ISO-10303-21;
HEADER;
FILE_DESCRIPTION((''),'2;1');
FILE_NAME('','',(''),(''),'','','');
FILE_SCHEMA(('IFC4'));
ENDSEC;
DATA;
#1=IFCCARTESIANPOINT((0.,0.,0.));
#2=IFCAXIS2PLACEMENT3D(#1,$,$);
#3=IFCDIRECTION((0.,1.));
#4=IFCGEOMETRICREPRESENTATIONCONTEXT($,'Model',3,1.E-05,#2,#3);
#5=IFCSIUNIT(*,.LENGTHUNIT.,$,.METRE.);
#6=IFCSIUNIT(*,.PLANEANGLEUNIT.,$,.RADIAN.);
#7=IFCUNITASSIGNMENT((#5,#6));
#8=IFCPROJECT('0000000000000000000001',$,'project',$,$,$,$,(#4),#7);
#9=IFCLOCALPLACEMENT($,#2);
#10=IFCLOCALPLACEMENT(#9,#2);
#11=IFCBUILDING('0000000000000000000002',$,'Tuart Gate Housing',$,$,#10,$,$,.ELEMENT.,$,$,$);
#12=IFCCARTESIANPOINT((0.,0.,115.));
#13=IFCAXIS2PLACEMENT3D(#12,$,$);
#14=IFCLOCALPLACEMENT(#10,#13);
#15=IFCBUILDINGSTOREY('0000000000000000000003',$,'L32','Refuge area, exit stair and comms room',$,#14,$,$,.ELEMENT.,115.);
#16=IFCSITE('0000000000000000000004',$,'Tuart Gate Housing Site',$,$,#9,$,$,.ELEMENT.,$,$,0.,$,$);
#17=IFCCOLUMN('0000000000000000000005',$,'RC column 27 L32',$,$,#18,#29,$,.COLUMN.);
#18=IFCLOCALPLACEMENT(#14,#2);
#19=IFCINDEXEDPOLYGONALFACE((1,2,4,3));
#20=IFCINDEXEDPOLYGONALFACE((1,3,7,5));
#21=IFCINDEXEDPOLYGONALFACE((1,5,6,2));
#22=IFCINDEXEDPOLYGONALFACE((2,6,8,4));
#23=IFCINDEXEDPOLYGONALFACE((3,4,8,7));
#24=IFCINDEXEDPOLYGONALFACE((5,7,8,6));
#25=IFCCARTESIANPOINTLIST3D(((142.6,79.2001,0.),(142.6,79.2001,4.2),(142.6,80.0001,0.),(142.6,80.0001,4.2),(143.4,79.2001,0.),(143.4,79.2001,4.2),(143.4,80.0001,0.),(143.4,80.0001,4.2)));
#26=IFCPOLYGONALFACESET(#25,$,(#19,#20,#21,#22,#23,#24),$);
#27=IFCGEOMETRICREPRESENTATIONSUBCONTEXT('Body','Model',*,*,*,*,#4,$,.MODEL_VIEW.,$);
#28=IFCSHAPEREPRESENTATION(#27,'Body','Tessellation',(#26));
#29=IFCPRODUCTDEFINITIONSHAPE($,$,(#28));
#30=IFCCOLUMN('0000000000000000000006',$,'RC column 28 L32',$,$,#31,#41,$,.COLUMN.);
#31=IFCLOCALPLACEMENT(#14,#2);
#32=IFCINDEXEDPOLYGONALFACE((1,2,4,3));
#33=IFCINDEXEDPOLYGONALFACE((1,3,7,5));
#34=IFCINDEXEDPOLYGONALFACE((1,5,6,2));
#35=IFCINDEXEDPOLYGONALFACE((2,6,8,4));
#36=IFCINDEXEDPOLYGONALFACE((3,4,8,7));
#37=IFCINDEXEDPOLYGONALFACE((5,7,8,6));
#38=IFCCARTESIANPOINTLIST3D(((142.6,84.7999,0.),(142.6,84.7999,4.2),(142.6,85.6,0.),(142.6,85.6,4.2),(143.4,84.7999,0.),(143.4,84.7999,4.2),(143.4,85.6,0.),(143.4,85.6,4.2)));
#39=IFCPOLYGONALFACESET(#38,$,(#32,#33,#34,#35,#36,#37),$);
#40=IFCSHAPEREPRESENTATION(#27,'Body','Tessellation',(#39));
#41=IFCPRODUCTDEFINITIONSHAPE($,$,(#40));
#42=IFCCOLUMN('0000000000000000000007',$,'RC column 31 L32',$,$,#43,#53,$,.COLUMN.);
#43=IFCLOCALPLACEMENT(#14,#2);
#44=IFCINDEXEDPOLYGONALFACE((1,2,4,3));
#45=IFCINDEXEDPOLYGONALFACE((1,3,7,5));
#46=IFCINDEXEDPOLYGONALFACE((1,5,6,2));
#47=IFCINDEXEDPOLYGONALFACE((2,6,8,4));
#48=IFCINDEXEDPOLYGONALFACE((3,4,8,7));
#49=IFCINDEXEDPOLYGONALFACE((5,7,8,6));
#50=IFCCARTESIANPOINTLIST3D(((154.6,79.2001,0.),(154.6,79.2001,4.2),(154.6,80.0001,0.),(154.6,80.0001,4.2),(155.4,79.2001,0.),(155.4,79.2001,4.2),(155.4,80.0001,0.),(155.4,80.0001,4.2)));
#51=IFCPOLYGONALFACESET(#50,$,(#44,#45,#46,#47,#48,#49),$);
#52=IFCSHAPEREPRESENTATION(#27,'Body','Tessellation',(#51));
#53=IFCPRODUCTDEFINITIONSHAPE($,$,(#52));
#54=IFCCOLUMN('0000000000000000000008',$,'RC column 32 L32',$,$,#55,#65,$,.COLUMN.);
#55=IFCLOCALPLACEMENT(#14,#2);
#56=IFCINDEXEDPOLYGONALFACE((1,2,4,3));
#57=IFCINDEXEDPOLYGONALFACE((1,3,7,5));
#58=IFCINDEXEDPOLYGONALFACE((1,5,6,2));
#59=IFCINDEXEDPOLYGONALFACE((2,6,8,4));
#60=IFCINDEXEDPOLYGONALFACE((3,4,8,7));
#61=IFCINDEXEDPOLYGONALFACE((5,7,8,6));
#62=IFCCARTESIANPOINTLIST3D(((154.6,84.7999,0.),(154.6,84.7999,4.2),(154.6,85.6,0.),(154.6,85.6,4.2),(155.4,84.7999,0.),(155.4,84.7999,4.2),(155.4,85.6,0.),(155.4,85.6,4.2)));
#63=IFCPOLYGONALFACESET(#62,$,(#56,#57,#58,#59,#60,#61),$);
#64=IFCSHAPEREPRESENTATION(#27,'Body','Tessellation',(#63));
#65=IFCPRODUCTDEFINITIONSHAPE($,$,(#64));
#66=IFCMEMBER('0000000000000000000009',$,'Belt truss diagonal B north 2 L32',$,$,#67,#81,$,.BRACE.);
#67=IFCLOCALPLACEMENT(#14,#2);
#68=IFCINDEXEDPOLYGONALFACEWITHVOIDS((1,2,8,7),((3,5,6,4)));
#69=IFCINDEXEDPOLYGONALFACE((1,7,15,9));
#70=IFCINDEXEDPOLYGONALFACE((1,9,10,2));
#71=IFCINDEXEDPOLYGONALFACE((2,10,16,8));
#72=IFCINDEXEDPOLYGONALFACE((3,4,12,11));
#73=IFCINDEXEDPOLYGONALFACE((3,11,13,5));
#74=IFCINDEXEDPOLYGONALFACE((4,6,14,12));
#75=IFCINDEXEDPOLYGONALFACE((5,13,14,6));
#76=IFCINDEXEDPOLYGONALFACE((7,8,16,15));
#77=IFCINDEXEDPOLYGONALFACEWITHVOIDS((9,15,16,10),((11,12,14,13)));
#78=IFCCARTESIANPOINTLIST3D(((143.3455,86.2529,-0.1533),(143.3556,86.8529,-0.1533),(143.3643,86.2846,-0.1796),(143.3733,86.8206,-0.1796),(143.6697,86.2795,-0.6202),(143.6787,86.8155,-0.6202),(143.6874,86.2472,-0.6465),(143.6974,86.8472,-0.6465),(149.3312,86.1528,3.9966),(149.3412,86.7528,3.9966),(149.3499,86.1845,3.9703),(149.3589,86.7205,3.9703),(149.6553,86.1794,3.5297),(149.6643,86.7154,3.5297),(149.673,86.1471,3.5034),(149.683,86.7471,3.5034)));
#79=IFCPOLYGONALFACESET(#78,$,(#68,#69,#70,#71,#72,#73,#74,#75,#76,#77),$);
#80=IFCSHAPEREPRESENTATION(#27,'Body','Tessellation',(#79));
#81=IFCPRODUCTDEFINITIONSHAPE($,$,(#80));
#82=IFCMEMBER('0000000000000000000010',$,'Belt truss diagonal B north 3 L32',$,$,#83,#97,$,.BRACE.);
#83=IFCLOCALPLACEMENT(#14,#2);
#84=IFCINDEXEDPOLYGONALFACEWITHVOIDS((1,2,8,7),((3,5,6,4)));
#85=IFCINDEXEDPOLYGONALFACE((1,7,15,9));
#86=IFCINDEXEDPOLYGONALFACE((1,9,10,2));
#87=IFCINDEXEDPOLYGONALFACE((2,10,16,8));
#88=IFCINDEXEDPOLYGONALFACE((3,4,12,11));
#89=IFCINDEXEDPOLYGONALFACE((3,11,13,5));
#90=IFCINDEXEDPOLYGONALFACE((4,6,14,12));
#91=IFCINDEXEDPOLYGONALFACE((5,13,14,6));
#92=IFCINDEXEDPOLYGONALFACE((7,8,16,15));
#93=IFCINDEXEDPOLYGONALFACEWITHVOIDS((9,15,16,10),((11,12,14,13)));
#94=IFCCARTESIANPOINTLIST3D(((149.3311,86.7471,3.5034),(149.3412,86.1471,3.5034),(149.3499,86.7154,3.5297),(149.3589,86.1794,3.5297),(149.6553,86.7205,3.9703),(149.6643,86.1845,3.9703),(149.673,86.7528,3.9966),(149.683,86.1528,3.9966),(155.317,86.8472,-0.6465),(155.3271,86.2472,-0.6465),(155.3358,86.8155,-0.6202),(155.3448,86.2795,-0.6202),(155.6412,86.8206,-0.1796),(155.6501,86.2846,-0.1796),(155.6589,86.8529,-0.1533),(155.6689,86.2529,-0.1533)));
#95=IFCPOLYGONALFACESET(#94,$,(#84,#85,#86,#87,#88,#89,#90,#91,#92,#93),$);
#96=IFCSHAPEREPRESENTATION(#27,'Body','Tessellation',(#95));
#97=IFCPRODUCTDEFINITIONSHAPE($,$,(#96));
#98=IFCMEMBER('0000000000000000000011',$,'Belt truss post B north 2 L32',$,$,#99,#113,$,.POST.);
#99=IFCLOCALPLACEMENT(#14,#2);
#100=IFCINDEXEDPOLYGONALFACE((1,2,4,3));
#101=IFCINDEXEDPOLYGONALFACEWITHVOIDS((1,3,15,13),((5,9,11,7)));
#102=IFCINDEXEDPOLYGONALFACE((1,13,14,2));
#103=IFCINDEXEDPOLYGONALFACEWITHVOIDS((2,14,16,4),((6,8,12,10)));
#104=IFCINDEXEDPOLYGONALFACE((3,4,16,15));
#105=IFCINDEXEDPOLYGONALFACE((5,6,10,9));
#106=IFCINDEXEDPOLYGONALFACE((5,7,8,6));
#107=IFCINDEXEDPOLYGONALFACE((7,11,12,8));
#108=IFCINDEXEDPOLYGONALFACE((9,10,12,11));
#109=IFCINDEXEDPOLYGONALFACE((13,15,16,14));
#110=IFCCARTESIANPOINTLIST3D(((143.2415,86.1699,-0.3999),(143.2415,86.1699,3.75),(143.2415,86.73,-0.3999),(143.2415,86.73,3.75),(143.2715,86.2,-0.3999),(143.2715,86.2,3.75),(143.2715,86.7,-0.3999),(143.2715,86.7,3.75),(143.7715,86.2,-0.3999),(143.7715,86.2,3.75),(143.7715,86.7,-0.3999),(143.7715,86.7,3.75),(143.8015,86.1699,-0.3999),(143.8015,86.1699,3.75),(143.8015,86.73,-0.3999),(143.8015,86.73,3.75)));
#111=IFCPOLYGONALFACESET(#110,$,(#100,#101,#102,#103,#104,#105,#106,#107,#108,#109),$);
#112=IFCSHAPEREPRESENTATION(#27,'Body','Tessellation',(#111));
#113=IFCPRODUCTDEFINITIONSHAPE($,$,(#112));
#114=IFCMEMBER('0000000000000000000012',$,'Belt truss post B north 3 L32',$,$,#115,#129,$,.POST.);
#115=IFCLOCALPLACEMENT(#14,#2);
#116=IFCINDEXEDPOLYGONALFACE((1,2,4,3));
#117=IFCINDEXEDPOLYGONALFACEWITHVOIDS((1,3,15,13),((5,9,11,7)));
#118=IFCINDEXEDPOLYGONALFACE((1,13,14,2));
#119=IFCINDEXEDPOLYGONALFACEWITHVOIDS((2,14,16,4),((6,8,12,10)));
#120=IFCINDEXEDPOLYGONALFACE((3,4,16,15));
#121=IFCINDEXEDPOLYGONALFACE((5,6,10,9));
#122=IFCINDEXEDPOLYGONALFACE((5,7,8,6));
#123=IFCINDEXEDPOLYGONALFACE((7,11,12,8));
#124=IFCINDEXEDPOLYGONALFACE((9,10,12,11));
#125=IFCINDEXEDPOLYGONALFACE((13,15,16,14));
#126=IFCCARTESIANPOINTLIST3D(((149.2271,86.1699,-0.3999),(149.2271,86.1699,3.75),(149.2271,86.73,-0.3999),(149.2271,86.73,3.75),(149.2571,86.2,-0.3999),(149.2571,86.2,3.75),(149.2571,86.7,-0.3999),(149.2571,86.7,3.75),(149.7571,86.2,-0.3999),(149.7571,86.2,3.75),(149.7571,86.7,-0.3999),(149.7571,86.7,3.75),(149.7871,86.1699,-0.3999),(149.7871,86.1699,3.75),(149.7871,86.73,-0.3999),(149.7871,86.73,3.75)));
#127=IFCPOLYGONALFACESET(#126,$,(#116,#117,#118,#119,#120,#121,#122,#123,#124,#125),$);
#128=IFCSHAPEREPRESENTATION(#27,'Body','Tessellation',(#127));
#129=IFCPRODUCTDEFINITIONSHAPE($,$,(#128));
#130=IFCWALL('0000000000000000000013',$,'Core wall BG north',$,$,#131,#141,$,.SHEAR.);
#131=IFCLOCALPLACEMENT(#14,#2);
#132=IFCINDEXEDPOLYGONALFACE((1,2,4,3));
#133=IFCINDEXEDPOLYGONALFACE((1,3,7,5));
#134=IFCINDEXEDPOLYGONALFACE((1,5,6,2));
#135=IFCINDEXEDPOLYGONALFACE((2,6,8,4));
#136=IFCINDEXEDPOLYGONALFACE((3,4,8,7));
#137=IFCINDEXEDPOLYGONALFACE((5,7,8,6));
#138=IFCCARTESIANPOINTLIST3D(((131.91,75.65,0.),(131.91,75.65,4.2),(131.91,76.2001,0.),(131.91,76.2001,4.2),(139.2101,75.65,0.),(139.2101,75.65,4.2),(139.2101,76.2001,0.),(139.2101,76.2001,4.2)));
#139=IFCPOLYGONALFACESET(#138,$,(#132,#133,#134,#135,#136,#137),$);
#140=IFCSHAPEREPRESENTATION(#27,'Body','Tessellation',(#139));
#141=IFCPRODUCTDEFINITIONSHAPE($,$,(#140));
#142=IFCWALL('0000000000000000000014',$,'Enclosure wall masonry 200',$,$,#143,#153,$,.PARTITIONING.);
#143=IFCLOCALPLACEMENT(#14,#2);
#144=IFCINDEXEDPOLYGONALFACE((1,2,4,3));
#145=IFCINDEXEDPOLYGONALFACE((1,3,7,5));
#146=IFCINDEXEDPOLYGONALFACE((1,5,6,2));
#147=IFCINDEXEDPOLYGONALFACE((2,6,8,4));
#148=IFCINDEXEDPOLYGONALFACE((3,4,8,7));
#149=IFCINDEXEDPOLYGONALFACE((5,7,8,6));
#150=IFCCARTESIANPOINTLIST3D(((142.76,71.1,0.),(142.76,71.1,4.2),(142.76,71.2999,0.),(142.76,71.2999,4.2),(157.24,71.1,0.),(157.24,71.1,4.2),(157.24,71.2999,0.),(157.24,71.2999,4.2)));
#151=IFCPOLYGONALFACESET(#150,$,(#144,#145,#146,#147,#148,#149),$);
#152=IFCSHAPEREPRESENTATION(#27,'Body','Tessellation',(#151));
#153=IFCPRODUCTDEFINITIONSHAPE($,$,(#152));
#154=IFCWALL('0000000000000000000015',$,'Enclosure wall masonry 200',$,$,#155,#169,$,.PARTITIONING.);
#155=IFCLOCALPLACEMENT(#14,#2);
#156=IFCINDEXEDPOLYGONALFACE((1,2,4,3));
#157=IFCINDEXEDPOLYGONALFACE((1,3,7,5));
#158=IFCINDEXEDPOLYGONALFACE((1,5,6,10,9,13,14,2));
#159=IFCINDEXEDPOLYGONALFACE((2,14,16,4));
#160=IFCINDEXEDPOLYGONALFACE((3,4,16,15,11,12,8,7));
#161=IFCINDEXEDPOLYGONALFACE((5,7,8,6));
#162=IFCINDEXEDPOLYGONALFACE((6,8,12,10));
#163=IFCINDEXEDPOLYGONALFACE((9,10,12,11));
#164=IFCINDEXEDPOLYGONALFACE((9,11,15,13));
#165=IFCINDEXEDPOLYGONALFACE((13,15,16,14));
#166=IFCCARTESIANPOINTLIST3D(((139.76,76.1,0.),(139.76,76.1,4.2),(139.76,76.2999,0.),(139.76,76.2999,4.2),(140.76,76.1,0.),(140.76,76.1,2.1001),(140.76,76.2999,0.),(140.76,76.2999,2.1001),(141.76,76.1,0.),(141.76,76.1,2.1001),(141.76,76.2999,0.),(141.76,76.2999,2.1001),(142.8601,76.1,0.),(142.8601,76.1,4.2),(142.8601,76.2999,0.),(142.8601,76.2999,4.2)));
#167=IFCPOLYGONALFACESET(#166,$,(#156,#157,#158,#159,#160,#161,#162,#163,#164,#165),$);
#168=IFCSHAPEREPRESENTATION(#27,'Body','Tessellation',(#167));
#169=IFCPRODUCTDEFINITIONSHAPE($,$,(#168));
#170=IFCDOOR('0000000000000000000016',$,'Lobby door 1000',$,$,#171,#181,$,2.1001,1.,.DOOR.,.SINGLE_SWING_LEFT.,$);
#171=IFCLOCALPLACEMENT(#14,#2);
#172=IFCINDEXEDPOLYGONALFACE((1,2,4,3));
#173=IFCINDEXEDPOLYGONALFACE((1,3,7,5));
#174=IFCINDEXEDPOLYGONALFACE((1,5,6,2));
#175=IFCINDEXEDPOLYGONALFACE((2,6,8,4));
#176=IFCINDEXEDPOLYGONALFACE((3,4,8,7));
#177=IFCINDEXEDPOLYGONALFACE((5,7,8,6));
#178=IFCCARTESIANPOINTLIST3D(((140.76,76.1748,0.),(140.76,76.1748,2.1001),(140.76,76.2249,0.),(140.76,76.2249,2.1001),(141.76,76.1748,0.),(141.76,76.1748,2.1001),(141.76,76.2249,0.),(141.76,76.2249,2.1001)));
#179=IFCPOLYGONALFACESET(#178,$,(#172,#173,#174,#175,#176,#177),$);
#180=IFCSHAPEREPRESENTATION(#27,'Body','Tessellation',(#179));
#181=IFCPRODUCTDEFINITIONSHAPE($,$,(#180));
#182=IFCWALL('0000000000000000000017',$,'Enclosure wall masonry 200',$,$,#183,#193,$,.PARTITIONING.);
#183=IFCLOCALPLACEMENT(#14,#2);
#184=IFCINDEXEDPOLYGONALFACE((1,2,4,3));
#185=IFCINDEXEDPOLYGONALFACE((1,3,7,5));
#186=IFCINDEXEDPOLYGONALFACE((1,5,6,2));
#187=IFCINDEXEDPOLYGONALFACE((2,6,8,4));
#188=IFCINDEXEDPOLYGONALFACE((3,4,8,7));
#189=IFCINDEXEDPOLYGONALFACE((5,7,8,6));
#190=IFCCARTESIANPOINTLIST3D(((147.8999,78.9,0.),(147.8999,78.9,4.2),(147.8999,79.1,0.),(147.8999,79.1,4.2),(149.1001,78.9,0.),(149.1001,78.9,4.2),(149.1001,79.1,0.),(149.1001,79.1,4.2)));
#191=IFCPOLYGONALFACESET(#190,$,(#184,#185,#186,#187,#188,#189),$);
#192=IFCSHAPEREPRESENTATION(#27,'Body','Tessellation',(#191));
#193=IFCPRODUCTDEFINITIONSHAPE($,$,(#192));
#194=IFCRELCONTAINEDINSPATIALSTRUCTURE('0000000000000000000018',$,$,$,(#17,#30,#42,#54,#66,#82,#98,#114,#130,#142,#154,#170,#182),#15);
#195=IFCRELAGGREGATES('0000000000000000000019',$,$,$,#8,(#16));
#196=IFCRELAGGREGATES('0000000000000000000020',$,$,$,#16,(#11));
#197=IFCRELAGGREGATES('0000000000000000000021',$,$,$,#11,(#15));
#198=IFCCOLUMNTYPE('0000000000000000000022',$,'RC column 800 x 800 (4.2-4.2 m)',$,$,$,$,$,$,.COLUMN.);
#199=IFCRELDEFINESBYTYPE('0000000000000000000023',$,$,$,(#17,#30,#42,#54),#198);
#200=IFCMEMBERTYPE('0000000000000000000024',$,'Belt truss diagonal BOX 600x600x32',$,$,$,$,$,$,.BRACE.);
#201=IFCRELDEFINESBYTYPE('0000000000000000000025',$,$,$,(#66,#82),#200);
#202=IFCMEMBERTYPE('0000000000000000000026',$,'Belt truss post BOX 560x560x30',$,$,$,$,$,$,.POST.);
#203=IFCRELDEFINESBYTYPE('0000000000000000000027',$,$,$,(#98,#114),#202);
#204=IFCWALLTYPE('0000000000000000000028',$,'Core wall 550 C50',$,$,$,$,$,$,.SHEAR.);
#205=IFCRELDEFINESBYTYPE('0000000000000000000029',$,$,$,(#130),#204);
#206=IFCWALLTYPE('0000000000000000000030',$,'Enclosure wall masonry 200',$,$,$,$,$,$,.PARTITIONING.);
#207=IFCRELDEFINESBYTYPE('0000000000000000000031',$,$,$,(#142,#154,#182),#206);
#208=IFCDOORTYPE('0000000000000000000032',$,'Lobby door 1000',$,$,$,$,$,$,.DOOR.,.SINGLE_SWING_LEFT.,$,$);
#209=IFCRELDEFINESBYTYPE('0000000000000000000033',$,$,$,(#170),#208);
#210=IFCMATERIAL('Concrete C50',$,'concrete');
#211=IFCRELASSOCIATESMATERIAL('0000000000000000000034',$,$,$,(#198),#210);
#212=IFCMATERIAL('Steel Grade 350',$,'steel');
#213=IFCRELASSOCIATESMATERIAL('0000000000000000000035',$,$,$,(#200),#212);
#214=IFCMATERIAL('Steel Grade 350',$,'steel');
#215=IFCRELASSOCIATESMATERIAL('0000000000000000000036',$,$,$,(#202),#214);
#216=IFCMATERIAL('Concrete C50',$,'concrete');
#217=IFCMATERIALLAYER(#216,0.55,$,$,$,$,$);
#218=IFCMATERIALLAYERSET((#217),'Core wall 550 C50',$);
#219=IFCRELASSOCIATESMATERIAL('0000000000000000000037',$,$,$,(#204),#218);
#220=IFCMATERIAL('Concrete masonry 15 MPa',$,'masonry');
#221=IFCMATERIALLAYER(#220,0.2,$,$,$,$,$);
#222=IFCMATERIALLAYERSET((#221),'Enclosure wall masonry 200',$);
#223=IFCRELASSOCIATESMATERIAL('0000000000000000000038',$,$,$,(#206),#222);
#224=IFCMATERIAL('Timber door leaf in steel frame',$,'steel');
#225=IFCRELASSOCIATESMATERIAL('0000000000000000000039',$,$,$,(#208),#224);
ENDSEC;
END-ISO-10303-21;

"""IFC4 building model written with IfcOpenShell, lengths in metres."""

from ifc_helpers import new_model, si_unit, direction, frame, frame_2d, origin, origin_2d, place, context, subcontext, project, spatial, rectangle, hollow_rectangle, extrude, material, layer, layer_set, material_profile, profile_set, type_object, element, fill, save


model = new_model("IFC4")

# Units and contexts
model_context = context("Model", 3, precision=1e-05, world=origin(), true_north=direction((0.0, 1.0)))
body_context = subcontext(model_context, "Body", "Model", "MODEL_VIEW")
ifc_project = project(units=[si_unit("LENGTHUNIT", "METRE"), si_unit("PLANEANGLEUNIT", "RADIAN")], contexts=[model_context])

# Site, building, storey
site_placement = place(None, origin())
site = spatial("IfcSite", under=ifc_project, at=site_placement, Name="Tuart Gate Housing Site", CompositionType="ELEMENT", RefElevation=0.0)
building_placement = place(site_placement, origin())
building = spatial("IfcBuilding", under=site, at=building_placement, Name="Tuart Gate Housing", CompositionType="ELEMENT")
storey_placement = place(building_placement, frame((0.0, 0.0, 115.0)))
storey = spatial("IfcBuildingStorey", under=building, at=storey_placement, Name="L32", Description="Refuge area, exit stair and comms room", CompositionType="ELEMENT", Elevation=115.0)

# Columns
ifc_material_1 = material(Name="Concrete C50", Category="concrete")
ifc_material_profile_1 = material_profile(ifc_material_1, rectangle(XDim=0.8, YDim=0.8, at=origin_2d()), Name="RC column 800 x 800 (4.2-4.2 m)")
ifc_profile_set_1 = profile_set([ifc_material_profile_1], Name="Concrete C50")
column_type = type_object("IfcColumnType", Name="RC column 800 x 800 (4.2-4.2 m)", PredefinedType="COLUMN", material=ifc_profile_set_1)
for number, where, z_axis, x_axis, name in (
    (1, (143.0, 79.6001, 0.0), (0.0, 0.0, 1.0), (1.0, 0.0, 0.0), "RC column 27 L32"),
    (2, (143.0, 85.2, 0.0), (0.0, 0.0, 1.0), (1.0, 0.0, 0.0), "RC column 28 L32"),
    (3, (155.0, 79.6001, 0.0), (0.0, 0.0, 1.0), (1.0, 0.0, 0.0), "RC column 31 L32"),
    (4, (155.0, 85.2, 0.0), (0.0, 0.0, 1.0), (1.0, 0.0, 0.0), "RC column 32 L32"),
):
    element("IfcColumn", number, at=place(storey_placement, frame(where, z_axis=z_axis, x_axis=x_axis)), inside=storey, type_object=column_type, Name=name, PredefinedType="COLUMN", context=body_context, shape_type="SweptSolid", body=[
        extrude(rectangle(XDim=0.8, YDim=0.8, at=origin_2d()), origin(), (0.0, 0.0, 1.0), 4.2),
    ])

# Members
ifc_material_2 = material(Name="Steel Grade 350", Category="steel")
ifc_material_profile_2 = material_profile(ifc_material_2, hollow_rectangle(XDim=0.6001, YDim=0.6001, WallThickness=0.032, at=origin_2d()), Name="BOX 600x600x32")
ifc_profile_set_2 = profile_set([ifc_material_profile_2], Name="Steel Grade 350")
member_type_1 = type_object("IfcMemberType", Name="Belt truss diagonal BOX 600x600x32", PredefinedType="BRACE", material=ifc_profile_set_2)
member_1_placement = place(storey_placement, frame((143.5215, 86.55, -0.3999), z_axis=(0.821727, -0.013742, 0.569716), x_axis=(0.016721, 0.99986, 0.0)))
element("IfcMember", 5, at=member_1_placement, inside=storey, type_object=member_type_1, Name="Belt truss diagonal B north 2 L32", PredefinedType="BRACE", context=body_context, shape_type="SweptSolid", body=[
    extrude(hollow_rectangle(XDim=0.6001, YDim=0.6001, WallThickness=0.032, at=origin_2d()), origin(), (0.0, 0.0, 1.0), 7.2842),
])
member_2_placement = place(storey_placement, frame((149.5071, 86.45, 3.75), z_axis=(0.821738, 0.013741, -0.5697), x_axis=(-0.01672, 0.99986, 0.0)))
element("IfcMember", 6, at=member_2_placement, inside=storey, type_object=member_type_1, Name="Belt truss diagonal B north 3 L32", PredefinedType="BRACE", context=body_context, shape_type="SweptSolid", body=[
    extrude(hollow_rectangle(XDim=0.6001, YDim=0.6001, WallThickness=0.032, at=origin_2d()), origin(), (0.0, 0.0, 1.0), 7.2844),
])
ifc_material_3 = material(Name="Steel Grade 350", Category="steel")
ifc_material_profile_3 = material_profile(ifc_material_3, hollow_rectangle(XDim=0.5601, YDim=0.5601, WallThickness=0.03, at=origin_2d()), Name="BOX 560x560x30")
ifc_profile_set_3 = profile_set([ifc_material_profile_3], Name="Steel Grade 350")
member_type_2 = type_object("IfcMemberType", Name="Belt truss post BOX 560x560x30", PredefinedType="POST", material=ifc_profile_set_3)
for number, where, z_axis, x_axis, name in (
    (7, (143.5215, 86.45, -0.3999), (0.0, 0.0, 1.0), (1.0, 0.0, 0.0), "Belt truss post B north 2 L32"),
    (8, (149.5071, 86.45, -0.3999), (0.0, 0.0, 1.0), (1.0, 0.0, 0.0), "Belt truss post B north 3 L32"),
):
    element("IfcMember", number, at=place(storey_placement, frame(where, z_axis=z_axis, x_axis=x_axis)), inside=storey, type_object=member_type_2, Name=name, PredefinedType="POST", context=body_context, shape_type="SweptSolid", body=[
        extrude(hollow_rectangle(XDim=0.5601, YDim=0.5601, WallThickness=0.03, at=origin_2d()), origin(), (0.0, 0.0, 1.0), 4.1499),
    ])

# Walls
ifc_material_4 = material(Name="Concrete C50", Category="concrete")
ifc_layer_1 = layer(ifc_material_4, 0.55)
ifc_layer_set_1 = layer_set([ifc_layer_1], Name="Core wall 550 C50")
wall_type_1 = type_object("IfcWallType", Name="Core wall 550 C50", PredefinedType="SHEAR", material=ifc_layer_set_1)
wall_1_placement = place(storey_placement, frame((139.21, 75.925, 0.0), z_axis=(0.0, 0.0, 1.0), x_axis=(-1.0, 0.0, 0.0)))
element("IfcWall", 9, at=wall_1_placement, inside=storey, type_object=wall_type_1, Name="Core wall BG north", PredefinedType="SHEAR", context=body_context, shape_type="SweptSolid", body=[
    extrude(rectangle(XDim=7.3, YDim=0.55, at=frame_2d((3.6499, 0.0))), origin(), (0.0, 0.0, 1.0), 4.2),
])
ifc_material_5 = material(Name="Concrete masonry 15 MPa", Category="masonry")
ifc_layer_2 = layer(ifc_material_5, 0.2)
ifc_layer_set_2 = layer_set([ifc_layer_2], Name="Enclosure wall masonry 200")
wall_type_2 = type_object("IfcWallType", Name="Enclosure wall masonry 200", PredefinedType="PARTITIONING", material=ifc_layer_set_2)
wall_2_placement = place(storey_placement, frame((142.76, 71.2, 0.0), z_axis=(0.0, 0.0, 1.0), x_axis=(1.0, 0.0, 0.0)))
element("IfcWall", 10, at=wall_2_placement, inside=storey, type_object=wall_type_2, Name="Enclosure wall masonry 200", PredefinedType="PARTITIONING", context=body_context, shape_type="SweptSolid", body=[
    extrude(rectangle(XDim=14.48, YDim=0.2, at=frame_2d((7.24, 0.0))), origin(), (0.0, 0.0, 1.0), 4.2),
])

# Wall, opening, door
wall_3_placement = place(storey_placement, frame((139.76, 76.2, 0.0), z_axis=(0.0, 0.0, 1.0), x_axis=(1.0, 0.0, 0.0)))
wall_3 = element("IfcWall", 11, at=wall_3_placement, inside=storey, type_object=wall_type_2, Name="Enclosure wall masonry 200", PredefinedType="PARTITIONING", context=body_context, shape_type="SweptSolid", body=[
    extrude(rectangle(XDim=3.1001, YDim=0.2, at=frame_2d((1.55, 0.0))), origin(), (0.0, 0.0, 1.0), 4.2),
])
opening_1_placement = place(wall_3_placement, frame((1.0, 0.0, 0.0)))
opening_1 = element("IfcOpeningElement", 12, at=opening_1_placement, cuts=wall_3, PredefinedType="OPENING", context=body_context, shape_type="SweptSolid", body=[
    extrude(rectangle(XDim=1.0, YDim=2.1001, at=frame_2d((0.5, 1.05))), frame((0.0, 0.1099, 0.0), z_axis=(0.0, -1.0, 0.0), x_axis=(1.0, 0.0, 0.0)), (0.0, 0.0, 1.0), 0.22),
])
ifc_material_6 = material(Name="Timber door leaf in steel frame", Category="steel")
door_type_1 = type_object("IfcDoorType", Name="Lobby door 1000", OperationType="SINGLE_SWING_LEFT", PredefinedType="DOOR", material=ifc_material_6)
door_1_placement = place(opening_1_placement, frame((1.0, 0.0, 0.0), z_axis=(0.0, 0.0, 1.0), x_axis=(-1.0, 0.0, 0.0)))
door_1 = element("IfcDoor", 13, at=door_1_placement, inside=storey, type_object=door_type_1, Name="Lobby door 1000", OperationType="SINGLE_SWING_LEFT", OverallHeight=2.1001, OverallWidth=1.0, PredefinedType="DOOR", context=body_context, shape_type="SweptSolid", body=[
    extrude(rectangle(XDim=1.0, YDim=2.1001, at=frame_2d((0.5, 1.05))), frame((0.0, 0.0251, 0.0), z_axis=(0.0, -1.0, 0.0), x_axis=(1.0, 0.0, 0.0)), (0.0, 0.0, 1.0), 0.05),
])
fill(opening_1, door_1)

# Wall
wall_4_placement = place(storey_placement, frame((147.8999, 79.0, 0.0), z_axis=(0.0, 0.0, 1.0), x_axis=(1.0, 0.0, 0.0)))
element("IfcWall", 14, at=wall_4_placement, inside=storey, type_object=wall_type_2, Name="Enclosure wall masonry 200", PredefinedType="PARTITIONING", context=body_context, shape_type="SweptSolid", body=[
    extrude(rectangle(XDim=1.2002, YDim=0.2, at=frame_2d((0.6001, 0.0))), origin(), (0.0, 0.0, 1.0), 4.2),
])

save(model, "model.ifc")
